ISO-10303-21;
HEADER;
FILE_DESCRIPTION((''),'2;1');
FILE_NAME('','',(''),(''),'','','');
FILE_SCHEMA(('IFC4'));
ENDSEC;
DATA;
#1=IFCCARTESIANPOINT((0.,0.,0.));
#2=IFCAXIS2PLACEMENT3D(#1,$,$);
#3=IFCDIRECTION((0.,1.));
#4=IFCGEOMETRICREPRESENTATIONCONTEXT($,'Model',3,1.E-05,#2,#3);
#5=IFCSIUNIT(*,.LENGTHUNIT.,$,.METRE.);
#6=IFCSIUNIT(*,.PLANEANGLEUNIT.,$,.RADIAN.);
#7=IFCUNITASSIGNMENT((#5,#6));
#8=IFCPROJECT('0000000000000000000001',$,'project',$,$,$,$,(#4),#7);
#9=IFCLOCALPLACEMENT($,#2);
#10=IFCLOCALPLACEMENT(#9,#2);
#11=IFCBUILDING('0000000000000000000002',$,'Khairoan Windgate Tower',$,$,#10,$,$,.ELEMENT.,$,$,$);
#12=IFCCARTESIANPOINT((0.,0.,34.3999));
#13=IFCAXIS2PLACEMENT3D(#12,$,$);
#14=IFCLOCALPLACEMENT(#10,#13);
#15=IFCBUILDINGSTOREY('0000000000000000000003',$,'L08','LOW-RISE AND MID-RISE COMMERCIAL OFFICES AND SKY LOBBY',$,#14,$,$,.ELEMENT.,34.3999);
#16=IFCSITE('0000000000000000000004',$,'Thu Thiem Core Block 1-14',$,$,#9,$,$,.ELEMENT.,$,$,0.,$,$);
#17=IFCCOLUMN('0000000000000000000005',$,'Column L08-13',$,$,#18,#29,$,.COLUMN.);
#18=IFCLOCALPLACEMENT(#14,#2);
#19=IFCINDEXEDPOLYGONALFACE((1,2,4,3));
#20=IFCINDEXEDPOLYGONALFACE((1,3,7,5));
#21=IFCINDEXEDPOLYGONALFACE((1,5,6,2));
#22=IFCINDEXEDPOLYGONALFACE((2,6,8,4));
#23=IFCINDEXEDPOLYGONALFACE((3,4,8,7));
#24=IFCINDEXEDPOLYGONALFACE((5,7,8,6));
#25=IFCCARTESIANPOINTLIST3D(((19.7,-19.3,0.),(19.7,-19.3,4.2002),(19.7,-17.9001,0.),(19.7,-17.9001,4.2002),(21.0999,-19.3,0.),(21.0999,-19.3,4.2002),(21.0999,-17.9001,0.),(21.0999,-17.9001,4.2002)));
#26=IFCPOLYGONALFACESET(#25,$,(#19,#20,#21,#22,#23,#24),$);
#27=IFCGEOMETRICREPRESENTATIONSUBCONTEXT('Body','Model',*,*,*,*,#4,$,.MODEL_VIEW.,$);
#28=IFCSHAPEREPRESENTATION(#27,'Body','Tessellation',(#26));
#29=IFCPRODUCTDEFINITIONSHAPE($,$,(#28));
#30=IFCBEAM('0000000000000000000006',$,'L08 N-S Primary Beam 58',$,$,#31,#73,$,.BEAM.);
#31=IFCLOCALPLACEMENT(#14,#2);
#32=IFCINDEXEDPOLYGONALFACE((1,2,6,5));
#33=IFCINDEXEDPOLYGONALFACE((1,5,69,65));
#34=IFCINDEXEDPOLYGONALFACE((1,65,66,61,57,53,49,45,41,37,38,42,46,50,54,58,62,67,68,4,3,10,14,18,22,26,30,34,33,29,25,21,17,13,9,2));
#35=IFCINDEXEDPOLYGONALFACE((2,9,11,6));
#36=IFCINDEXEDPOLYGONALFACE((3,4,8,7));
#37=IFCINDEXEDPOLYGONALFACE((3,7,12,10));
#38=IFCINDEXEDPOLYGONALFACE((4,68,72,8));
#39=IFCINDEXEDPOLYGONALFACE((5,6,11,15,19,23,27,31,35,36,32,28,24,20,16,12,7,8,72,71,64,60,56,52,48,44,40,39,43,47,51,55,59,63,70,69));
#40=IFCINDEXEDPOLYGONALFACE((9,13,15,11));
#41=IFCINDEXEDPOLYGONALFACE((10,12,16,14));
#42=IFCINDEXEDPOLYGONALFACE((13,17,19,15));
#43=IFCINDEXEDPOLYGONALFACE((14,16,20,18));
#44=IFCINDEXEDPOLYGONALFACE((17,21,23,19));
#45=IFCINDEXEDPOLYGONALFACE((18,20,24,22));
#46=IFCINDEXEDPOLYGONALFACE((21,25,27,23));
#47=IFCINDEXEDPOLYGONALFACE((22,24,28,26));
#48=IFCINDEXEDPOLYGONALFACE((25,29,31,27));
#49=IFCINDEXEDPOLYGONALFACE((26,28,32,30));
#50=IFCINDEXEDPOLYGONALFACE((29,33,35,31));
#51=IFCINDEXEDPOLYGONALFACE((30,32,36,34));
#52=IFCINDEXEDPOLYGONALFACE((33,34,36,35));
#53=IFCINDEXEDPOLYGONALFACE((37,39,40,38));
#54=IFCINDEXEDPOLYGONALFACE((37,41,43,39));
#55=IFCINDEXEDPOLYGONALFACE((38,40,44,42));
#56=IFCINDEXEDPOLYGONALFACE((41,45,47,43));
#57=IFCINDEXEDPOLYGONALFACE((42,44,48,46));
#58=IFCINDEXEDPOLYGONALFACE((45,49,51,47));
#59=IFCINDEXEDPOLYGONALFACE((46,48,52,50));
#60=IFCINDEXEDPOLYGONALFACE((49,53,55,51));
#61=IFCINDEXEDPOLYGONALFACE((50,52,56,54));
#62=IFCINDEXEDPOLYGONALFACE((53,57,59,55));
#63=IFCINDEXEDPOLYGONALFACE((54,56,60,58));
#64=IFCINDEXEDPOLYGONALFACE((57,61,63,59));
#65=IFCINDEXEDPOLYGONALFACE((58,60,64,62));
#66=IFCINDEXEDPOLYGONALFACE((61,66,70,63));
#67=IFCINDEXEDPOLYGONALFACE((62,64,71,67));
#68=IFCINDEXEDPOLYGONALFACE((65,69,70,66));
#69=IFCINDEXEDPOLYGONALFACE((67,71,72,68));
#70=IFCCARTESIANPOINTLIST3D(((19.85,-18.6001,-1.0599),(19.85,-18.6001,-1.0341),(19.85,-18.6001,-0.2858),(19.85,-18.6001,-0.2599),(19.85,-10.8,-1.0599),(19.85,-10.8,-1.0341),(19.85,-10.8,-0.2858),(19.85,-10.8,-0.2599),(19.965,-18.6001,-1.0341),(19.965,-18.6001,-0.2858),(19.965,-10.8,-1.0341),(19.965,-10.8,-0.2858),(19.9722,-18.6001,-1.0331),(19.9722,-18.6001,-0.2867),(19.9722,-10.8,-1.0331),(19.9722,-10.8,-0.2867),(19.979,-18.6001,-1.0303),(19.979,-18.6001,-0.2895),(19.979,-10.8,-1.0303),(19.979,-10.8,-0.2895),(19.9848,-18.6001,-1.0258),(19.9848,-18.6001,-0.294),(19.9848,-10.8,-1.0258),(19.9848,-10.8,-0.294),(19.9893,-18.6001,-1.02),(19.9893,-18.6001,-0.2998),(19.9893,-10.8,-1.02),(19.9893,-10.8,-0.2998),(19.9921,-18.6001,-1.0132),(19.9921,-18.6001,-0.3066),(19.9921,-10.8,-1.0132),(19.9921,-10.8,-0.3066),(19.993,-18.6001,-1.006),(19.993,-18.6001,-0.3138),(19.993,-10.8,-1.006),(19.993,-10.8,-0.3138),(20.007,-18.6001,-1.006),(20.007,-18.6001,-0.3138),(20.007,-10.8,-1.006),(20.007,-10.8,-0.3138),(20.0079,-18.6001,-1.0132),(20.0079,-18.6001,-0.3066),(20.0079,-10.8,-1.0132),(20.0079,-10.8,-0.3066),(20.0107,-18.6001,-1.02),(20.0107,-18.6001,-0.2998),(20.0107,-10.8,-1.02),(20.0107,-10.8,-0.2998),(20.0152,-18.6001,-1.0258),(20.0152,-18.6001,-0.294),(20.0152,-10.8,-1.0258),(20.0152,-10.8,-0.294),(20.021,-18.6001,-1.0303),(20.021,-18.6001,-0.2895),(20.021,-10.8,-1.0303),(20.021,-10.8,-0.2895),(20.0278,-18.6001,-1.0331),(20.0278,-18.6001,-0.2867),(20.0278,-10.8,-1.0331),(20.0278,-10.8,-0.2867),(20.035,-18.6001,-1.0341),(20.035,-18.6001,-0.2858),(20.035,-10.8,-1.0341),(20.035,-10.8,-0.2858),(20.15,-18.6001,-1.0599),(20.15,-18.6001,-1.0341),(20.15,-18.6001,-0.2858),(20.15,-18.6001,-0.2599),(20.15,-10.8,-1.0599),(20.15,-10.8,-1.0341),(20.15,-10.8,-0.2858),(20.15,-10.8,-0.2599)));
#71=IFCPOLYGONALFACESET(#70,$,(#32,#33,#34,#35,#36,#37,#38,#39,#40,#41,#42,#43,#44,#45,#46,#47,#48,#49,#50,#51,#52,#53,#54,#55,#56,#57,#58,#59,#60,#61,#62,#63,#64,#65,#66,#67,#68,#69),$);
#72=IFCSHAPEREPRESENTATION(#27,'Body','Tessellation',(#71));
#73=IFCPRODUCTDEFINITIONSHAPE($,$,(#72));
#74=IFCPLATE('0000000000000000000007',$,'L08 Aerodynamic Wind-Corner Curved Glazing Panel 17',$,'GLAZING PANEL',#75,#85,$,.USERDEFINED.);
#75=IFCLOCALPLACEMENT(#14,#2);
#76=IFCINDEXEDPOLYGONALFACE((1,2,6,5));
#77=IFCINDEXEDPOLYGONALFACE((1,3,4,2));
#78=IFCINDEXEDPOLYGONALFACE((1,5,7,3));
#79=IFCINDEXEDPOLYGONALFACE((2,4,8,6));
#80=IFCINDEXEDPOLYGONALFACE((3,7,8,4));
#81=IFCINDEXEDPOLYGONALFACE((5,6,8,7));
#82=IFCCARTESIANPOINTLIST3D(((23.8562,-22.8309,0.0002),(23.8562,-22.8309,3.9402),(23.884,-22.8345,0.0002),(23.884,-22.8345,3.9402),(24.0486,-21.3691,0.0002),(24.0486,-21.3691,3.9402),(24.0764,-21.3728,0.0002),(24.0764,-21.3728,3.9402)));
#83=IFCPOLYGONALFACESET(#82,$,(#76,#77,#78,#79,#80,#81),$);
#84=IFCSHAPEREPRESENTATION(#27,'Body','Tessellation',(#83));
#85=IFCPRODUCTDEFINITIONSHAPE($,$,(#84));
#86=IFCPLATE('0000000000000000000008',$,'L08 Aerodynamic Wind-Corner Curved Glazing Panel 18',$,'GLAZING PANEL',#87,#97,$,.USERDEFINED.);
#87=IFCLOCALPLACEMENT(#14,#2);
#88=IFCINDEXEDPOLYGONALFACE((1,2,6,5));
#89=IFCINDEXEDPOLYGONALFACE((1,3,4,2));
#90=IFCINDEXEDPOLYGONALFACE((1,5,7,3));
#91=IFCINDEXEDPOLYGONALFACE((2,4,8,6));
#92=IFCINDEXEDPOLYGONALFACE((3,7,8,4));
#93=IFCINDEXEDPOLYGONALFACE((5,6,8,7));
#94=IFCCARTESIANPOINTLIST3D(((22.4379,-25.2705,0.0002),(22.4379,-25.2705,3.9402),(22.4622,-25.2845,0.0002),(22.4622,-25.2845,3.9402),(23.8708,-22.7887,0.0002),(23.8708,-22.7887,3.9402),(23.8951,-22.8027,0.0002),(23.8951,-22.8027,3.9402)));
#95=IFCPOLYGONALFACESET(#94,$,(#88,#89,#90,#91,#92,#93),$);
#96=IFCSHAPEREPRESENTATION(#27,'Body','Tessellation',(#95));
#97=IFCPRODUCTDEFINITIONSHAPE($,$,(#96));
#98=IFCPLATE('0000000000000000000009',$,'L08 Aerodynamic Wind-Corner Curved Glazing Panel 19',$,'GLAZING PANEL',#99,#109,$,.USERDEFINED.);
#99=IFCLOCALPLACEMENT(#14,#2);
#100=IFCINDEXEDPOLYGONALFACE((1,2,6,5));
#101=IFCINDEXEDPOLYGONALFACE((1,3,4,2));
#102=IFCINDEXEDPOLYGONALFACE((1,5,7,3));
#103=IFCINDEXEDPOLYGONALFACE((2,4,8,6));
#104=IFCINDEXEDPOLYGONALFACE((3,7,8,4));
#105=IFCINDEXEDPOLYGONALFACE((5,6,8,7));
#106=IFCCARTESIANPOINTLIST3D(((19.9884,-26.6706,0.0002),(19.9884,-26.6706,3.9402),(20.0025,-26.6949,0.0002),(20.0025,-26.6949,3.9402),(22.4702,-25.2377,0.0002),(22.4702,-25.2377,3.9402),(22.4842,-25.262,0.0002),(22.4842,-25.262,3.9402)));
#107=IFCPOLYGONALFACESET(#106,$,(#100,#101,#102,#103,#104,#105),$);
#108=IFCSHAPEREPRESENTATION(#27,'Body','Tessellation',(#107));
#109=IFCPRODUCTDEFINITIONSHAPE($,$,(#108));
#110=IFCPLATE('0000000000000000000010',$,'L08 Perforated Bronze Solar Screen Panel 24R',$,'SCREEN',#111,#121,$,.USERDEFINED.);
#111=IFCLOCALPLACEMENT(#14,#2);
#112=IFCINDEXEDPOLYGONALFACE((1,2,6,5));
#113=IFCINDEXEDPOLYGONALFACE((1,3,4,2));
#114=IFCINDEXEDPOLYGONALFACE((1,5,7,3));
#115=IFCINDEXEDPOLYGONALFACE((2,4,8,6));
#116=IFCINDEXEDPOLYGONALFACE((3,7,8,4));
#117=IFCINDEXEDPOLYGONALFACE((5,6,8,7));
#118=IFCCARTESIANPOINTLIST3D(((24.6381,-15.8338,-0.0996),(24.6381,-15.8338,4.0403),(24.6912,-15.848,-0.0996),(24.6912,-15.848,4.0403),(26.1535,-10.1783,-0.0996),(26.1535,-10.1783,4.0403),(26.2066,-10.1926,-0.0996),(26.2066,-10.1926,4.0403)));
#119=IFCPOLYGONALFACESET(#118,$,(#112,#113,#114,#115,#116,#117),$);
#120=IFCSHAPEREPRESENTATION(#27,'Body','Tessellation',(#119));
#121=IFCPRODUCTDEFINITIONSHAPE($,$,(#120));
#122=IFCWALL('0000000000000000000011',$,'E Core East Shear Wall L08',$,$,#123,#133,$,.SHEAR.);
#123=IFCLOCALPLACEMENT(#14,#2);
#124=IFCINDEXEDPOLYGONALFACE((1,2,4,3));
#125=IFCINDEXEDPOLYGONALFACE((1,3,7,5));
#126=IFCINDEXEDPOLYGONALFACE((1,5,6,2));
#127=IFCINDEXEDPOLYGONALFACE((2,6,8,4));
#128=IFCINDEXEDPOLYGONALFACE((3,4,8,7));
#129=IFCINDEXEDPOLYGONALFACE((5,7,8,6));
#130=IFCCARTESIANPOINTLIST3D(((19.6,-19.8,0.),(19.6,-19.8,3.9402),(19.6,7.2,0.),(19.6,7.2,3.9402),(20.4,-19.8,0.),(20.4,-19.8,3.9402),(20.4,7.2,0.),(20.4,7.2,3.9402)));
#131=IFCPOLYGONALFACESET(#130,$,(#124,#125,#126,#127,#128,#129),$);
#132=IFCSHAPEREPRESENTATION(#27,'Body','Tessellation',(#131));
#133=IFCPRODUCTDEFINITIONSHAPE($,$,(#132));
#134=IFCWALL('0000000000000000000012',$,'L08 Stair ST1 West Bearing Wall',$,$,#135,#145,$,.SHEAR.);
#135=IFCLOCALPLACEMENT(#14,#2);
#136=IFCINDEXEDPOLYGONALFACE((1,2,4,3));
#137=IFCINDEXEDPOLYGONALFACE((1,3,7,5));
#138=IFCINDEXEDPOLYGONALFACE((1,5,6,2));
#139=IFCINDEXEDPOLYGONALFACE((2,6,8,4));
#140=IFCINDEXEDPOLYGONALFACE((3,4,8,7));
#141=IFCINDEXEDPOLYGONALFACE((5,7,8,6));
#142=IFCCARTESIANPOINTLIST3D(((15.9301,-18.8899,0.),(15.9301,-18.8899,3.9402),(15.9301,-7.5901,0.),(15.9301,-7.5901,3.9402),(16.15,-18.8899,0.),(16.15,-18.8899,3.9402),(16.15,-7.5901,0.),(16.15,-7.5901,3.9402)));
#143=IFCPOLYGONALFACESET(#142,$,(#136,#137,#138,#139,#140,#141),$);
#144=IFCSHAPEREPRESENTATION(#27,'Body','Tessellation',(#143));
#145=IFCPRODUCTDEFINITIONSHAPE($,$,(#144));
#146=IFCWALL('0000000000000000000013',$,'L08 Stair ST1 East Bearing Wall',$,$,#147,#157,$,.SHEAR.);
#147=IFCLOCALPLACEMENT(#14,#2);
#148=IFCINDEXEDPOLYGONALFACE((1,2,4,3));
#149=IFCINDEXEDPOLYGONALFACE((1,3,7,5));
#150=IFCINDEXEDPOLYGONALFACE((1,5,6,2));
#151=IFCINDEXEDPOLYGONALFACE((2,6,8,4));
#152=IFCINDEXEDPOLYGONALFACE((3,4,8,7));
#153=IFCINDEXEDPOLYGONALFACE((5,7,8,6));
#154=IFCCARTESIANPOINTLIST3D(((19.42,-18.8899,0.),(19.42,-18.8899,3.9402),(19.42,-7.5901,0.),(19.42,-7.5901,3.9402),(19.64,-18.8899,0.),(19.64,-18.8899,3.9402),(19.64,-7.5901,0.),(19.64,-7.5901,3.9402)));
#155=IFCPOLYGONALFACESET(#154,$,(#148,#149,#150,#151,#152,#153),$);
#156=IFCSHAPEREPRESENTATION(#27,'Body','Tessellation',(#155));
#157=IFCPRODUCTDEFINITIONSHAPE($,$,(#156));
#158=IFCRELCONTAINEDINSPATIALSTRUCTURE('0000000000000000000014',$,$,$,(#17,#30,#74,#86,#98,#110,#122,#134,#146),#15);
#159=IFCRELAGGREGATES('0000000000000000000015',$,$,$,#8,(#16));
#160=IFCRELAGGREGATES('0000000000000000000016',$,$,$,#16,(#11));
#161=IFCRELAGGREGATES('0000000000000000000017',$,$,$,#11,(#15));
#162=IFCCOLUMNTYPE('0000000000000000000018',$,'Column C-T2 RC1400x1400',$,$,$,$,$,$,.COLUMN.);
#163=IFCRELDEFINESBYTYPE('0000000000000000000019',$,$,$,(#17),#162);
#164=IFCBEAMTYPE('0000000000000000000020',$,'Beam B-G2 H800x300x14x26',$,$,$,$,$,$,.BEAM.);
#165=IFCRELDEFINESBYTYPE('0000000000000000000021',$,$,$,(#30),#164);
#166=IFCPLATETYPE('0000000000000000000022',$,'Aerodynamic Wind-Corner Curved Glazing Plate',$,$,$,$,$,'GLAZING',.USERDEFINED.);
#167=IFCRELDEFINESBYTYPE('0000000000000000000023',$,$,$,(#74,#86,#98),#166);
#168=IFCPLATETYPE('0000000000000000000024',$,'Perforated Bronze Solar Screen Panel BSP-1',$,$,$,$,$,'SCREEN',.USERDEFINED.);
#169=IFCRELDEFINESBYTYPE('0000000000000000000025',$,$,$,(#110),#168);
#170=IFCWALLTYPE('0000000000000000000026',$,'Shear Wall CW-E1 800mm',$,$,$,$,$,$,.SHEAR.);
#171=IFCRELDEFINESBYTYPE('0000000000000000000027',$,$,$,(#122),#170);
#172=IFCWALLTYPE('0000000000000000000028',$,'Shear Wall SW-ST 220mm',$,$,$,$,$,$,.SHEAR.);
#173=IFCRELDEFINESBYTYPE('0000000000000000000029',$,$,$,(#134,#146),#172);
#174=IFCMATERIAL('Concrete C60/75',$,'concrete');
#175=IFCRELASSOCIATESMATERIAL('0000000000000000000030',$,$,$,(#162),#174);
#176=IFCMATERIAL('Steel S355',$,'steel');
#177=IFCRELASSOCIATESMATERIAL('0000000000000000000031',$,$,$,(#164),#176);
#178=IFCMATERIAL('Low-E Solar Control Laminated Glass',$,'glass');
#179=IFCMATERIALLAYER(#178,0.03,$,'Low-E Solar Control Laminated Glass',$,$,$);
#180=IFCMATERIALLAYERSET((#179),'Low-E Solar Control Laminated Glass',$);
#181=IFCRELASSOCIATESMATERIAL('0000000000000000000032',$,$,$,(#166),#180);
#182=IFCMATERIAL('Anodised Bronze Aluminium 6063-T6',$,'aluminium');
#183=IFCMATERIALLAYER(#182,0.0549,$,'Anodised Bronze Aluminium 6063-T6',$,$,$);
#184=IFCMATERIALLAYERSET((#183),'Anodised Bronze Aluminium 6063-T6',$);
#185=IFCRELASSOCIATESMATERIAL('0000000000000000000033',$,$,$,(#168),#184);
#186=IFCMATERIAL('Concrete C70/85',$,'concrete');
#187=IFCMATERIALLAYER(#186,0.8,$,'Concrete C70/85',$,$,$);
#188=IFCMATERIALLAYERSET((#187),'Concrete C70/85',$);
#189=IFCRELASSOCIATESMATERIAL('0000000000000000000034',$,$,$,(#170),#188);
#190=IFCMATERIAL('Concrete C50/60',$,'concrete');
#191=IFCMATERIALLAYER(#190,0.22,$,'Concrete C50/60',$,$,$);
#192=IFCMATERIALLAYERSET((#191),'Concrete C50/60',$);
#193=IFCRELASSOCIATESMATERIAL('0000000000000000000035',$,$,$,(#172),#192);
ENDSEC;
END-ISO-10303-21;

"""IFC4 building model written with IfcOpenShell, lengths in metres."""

from ifc_helpers import new_model, si_unit, direction, frame, frame_2d, origin, origin_2d, place, context, subcontext, project, spatial, rectangle, i_section, extrude, material, layer, layer_set, material_profile, profile_set, type_object, element, save


model = new_model("IFC4")

# Units and contexts
model_context = context("Model", 3, precision=1e-05, world=origin(), true_north=direction((0.0, 1.0)))
body_context = subcontext(model_context, "Body", "Model", "MODEL_VIEW")
ifc_project = project(units=[si_unit("LENGTHUNIT", "METRE"), si_unit("PLANEANGLEUNIT", "RADIAN")], contexts=[model_context])

# Site, building, storey
site_placement = place(None, origin())
site = spatial("IfcSite", under=ifc_project, at=site_placement, Name="Thu Thiem Core Block 1-14", CompositionType="ELEMENT", RefElevation=0.0)
building_placement = place(site_placement, origin())
building = spatial("IfcBuilding", under=site, at=building_placement, Name="Khairoan Windgate Tower", CompositionType="ELEMENT")
storey_placement = place(building_placement, frame((0.0, 0.0, 34.3999)))
storey = spatial("IfcBuildingStorey", under=building, at=storey_placement, Name="L08", Description="LOW-RISE AND MID-RISE COMMERCIAL OFFICES AND SKY LOBBY", CompositionType="ELEMENT", Elevation=34.3999)

# Column
ifc_material_1 = material(Name="Concrete C60/75", Category="concrete")
ifc_material_profile_1 = material_profile(ifc_material_1, rectangle(XDim=1.3999, YDim=1.3999, at=origin_2d()))
ifc_profile_set_1 = profile_set([ifc_material_profile_1], Name="Concrete C60/75")
column_type = type_object("IfcColumnType", Name="Column C-T2 RC1400x1400", PredefinedType="COLUMN", material=ifc_profile_set_1)
column_placement = place(storey_placement, frame((20.3999, -18.6001, 0.0), z_axis=(0.0, 0.0, 1.0), x_axis=(1.0, 0.0, 0.0)))
element("IfcColumn", 1, at=column_placement, inside=storey, type_object=column_type, Name="Column L08-13", PredefinedType="COLUMN", context=body_context, shape_type="SweptSolid", body=[
    extrude(rectangle(XDim=1.3999, YDim=1.3999, at=origin_2d()), origin(), (0.0, 0.0, 1.0), 4.2002),
])

# Beam
ifc_material_2 = material(Name="Steel S355", Category="steel")
ifc_material_profile_2 = material_profile(ifc_material_2, i_section(OverallWidth=0.3, OverallDepth=0.8, WebThickness=0.0139, FlangeThickness=0.0259, FilletRadius=0.0281, at=origin_2d()))
ifc_profile_set_2 = profile_set([ifc_material_profile_2], Name="Steel S355")
beam_type = type_object("IfcBeamType", Name="Beam B-G2 H800x300x14x26", PredefinedType="BEAM", material=ifc_profile_set_2)
beam_placement = place(storey_placement, frame((20.0, -18.6001, -0.6599), z_axis=(0.0, 1.0, 0.0), x_axis=(-1.0, 0.0, 0.0)))
element("IfcBeam", 2, at=beam_placement, inside=storey, type_object=beam_type, Name="L08 N-S Primary Beam 58", PredefinedType="BEAM", context=body_context, shape_type="SweptSolid", body=[
    extrude(i_section(OverallWidth=0.3, OverallDepth=0.8, WebThickness=0.0139, FlangeThickness=0.0259, FilletRadius=0.0281, at=origin_2d()), origin(), (0.0, 0.0, 1.0), 7.8),
])

# Plates
ifc_material_3 = material(Name="Low-E Solar Control Laminated Glass", Category="glass")
ifc_layer_1 = layer(ifc_material_3, 0.03, Name="Low-E Solar Control Laminated Glass")
ifc_layer_set_1 = layer_set([ifc_layer_1], Name="Low-E Solar Control Laminated Glass")
plate_type_1 = type_object("IfcPlateType", Name="Aerodynamic Wind-Corner Curved Glazing Plate", ElementType="GLAZING", PredefinedType="USERDEFINED", material=ifc_layer_set_1)
plate_1_placement = place(storey_placement, frame((23.9663, -22.1018, 0.0002), z_axis=(0.0, 0.0, 1.0), x_axis=(-0.130526, -0.991445, 0.0)))
element("IfcPlate", 3, at=plate_1_placement, inside=storey, type_object=plate_type_1, Name="L08 Aerodynamic Wind-Corner Curved Glazing Panel 17", ObjectType="GLAZING PANEL", PredefinedType="USERDEFINED", context=body_context, shape_type="SweptSolid", body=[
    extrude(rectangle(XDim=1.4744, YDim=0.0281, at=origin_2d()), origin(), (0.0, 0.0, 1.0), 3.9399),
])
for number, where, z_axis, x_axis, name in (
    (4, (23.1665, -24.0366, 0.0002), (0.0, 0.0, 1.0), (-0.5, -0.866025, 0.0), "L08 Aerodynamic Wind-Corner Curved Glazing Panel 18"),
    (5, (21.2363, -25.9663, 0.0002), (0.0, 0.0, 1.0), (-0.866025, -0.5, 0.0), "L08 Aerodynamic Wind-Corner Curved Glazing Panel 19"),
):
    element("IfcPlate", number, at=place(storey_placement, frame(where, z_axis=z_axis, x_axis=x_axis)), inside=storey, type_object=plate_type_1, Name=name, ObjectType="GLAZING PANEL", PredefinedType="USERDEFINED", context=body_context, shape_type="SweptSolid", body=[
        extrude(rectangle(XDim=2.8657, YDim=0.0281, at=origin_2d()), origin(), (0.0, 0.0, 1.0), 3.9399),
    ])

# Plate
ifc_material_4 = material(Name="Anodised Bronze Aluminium 6063-T6", Category="aluminium")
ifc_layer_2 = layer(ifc_material_4, 0.0549, Name="Anodised Bronze Aluminium 6063-T6")
ifc_layer_set_2 = layer_set([ifc_layer_2], Name="Anodised Bronze Aluminium 6063-T6")
plate_type_2 = type_object("IfcPlateType", Name="Perforated Bronze Solar Screen Panel BSP-1", ElementType="SCREEN", PredefinedType="USERDEFINED", material=ifc_layer_set_2)
plate_2_placement = place(storey_placement, frame((25.4224, -13.0132, -0.0996), z_axis=(0.0, 0.0, 1.0), x_axis=(-0.258819, -0.965926, 0.0)))
element("IfcPlate", 6, at=plate_2_placement, inside=storey, type_object=plate_type_2, Name="L08 Perforated Bronze Solar Screen Panel 24R", ObjectType="SCREEN", PredefinedType="USERDEFINED", context=body_context, shape_type="SweptSolid", body=[
    extrude(rectangle(XDim=5.855, YDim=0.0549, at=origin_2d()), origin(), (0.0, 0.0, 1.0), 4.1399),
])

# Walls
ifc_material_5 = material(Name="Concrete C70/85", Category="concrete")
ifc_layer_3 = layer(ifc_material_5, 0.8, Name="Concrete C70/85")
ifc_layer_set_3 = layer_set([ifc_layer_3], Name="Concrete C70/85")
wall_type_1 = type_object("IfcWallType", Name="Shear Wall CW-E1 800mm", PredefinedType="SHEAR", material=ifc_layer_set_3)
wall_placement = place(storey_placement, frame((20.0, -19.8, 0.0), z_axis=(0.0, 0.0, 1.0), x_axis=(0.0, 1.0, 0.0)))
element("IfcWall", 7, at=wall_placement, inside=storey, type_object=wall_type_1, Name="E Core East Shear Wall L08", PredefinedType="SHEAR", context=body_context, shape_type="SweptSolid", body=[
    extrude(rectangle(XDim=27.0, YDim=0.8, at=frame_2d((13.5, 0.0))), origin(), (0.0, 0.0, 1.0), 3.9402),
])
ifc_material_6 = material(Name="Concrete C50/60", Category="concrete")
ifc_layer_4 = layer(ifc_material_6, 0.22, Name="Concrete C50/60")
ifc_layer_set_4 = layer_set([ifc_layer_4], Name="Concrete C50/60")
wall_type_2 = type_object("IfcWallType", Name="Shear Wall SW-ST 220mm", PredefinedType="SHEAR", material=ifc_layer_set_4)
for number, where, z_axis, x_axis, name in (
    (8, (16.04, -18.8899, 0.0), (0.0, 0.0, 1.0), (0.0, 1.0, 0.0), "L08 Stair ST1 West Bearing Wall"),
    (9, (19.53, -18.8899, 0.0), (0.0, 0.0, 1.0), (0.0, 1.0, 0.0), "L08 Stair ST1 East Bearing Wall"),
):
    element("IfcWall", number, at=place(storey_placement, frame(where, z_axis=z_axis, x_axis=x_axis)), inside=storey, type_object=wall_type_2, Name=name, PredefinedType="SHEAR", context=body_context, shape_type="SweptSolid", body=[
        extrude(rectangle(XDim=11.2998, YDim=0.22, at=frame_2d((5.6499, 0.0))), origin(), (0.0, 0.0, 1.0), 3.9402),
    ])

save(model, "model.ifc")
